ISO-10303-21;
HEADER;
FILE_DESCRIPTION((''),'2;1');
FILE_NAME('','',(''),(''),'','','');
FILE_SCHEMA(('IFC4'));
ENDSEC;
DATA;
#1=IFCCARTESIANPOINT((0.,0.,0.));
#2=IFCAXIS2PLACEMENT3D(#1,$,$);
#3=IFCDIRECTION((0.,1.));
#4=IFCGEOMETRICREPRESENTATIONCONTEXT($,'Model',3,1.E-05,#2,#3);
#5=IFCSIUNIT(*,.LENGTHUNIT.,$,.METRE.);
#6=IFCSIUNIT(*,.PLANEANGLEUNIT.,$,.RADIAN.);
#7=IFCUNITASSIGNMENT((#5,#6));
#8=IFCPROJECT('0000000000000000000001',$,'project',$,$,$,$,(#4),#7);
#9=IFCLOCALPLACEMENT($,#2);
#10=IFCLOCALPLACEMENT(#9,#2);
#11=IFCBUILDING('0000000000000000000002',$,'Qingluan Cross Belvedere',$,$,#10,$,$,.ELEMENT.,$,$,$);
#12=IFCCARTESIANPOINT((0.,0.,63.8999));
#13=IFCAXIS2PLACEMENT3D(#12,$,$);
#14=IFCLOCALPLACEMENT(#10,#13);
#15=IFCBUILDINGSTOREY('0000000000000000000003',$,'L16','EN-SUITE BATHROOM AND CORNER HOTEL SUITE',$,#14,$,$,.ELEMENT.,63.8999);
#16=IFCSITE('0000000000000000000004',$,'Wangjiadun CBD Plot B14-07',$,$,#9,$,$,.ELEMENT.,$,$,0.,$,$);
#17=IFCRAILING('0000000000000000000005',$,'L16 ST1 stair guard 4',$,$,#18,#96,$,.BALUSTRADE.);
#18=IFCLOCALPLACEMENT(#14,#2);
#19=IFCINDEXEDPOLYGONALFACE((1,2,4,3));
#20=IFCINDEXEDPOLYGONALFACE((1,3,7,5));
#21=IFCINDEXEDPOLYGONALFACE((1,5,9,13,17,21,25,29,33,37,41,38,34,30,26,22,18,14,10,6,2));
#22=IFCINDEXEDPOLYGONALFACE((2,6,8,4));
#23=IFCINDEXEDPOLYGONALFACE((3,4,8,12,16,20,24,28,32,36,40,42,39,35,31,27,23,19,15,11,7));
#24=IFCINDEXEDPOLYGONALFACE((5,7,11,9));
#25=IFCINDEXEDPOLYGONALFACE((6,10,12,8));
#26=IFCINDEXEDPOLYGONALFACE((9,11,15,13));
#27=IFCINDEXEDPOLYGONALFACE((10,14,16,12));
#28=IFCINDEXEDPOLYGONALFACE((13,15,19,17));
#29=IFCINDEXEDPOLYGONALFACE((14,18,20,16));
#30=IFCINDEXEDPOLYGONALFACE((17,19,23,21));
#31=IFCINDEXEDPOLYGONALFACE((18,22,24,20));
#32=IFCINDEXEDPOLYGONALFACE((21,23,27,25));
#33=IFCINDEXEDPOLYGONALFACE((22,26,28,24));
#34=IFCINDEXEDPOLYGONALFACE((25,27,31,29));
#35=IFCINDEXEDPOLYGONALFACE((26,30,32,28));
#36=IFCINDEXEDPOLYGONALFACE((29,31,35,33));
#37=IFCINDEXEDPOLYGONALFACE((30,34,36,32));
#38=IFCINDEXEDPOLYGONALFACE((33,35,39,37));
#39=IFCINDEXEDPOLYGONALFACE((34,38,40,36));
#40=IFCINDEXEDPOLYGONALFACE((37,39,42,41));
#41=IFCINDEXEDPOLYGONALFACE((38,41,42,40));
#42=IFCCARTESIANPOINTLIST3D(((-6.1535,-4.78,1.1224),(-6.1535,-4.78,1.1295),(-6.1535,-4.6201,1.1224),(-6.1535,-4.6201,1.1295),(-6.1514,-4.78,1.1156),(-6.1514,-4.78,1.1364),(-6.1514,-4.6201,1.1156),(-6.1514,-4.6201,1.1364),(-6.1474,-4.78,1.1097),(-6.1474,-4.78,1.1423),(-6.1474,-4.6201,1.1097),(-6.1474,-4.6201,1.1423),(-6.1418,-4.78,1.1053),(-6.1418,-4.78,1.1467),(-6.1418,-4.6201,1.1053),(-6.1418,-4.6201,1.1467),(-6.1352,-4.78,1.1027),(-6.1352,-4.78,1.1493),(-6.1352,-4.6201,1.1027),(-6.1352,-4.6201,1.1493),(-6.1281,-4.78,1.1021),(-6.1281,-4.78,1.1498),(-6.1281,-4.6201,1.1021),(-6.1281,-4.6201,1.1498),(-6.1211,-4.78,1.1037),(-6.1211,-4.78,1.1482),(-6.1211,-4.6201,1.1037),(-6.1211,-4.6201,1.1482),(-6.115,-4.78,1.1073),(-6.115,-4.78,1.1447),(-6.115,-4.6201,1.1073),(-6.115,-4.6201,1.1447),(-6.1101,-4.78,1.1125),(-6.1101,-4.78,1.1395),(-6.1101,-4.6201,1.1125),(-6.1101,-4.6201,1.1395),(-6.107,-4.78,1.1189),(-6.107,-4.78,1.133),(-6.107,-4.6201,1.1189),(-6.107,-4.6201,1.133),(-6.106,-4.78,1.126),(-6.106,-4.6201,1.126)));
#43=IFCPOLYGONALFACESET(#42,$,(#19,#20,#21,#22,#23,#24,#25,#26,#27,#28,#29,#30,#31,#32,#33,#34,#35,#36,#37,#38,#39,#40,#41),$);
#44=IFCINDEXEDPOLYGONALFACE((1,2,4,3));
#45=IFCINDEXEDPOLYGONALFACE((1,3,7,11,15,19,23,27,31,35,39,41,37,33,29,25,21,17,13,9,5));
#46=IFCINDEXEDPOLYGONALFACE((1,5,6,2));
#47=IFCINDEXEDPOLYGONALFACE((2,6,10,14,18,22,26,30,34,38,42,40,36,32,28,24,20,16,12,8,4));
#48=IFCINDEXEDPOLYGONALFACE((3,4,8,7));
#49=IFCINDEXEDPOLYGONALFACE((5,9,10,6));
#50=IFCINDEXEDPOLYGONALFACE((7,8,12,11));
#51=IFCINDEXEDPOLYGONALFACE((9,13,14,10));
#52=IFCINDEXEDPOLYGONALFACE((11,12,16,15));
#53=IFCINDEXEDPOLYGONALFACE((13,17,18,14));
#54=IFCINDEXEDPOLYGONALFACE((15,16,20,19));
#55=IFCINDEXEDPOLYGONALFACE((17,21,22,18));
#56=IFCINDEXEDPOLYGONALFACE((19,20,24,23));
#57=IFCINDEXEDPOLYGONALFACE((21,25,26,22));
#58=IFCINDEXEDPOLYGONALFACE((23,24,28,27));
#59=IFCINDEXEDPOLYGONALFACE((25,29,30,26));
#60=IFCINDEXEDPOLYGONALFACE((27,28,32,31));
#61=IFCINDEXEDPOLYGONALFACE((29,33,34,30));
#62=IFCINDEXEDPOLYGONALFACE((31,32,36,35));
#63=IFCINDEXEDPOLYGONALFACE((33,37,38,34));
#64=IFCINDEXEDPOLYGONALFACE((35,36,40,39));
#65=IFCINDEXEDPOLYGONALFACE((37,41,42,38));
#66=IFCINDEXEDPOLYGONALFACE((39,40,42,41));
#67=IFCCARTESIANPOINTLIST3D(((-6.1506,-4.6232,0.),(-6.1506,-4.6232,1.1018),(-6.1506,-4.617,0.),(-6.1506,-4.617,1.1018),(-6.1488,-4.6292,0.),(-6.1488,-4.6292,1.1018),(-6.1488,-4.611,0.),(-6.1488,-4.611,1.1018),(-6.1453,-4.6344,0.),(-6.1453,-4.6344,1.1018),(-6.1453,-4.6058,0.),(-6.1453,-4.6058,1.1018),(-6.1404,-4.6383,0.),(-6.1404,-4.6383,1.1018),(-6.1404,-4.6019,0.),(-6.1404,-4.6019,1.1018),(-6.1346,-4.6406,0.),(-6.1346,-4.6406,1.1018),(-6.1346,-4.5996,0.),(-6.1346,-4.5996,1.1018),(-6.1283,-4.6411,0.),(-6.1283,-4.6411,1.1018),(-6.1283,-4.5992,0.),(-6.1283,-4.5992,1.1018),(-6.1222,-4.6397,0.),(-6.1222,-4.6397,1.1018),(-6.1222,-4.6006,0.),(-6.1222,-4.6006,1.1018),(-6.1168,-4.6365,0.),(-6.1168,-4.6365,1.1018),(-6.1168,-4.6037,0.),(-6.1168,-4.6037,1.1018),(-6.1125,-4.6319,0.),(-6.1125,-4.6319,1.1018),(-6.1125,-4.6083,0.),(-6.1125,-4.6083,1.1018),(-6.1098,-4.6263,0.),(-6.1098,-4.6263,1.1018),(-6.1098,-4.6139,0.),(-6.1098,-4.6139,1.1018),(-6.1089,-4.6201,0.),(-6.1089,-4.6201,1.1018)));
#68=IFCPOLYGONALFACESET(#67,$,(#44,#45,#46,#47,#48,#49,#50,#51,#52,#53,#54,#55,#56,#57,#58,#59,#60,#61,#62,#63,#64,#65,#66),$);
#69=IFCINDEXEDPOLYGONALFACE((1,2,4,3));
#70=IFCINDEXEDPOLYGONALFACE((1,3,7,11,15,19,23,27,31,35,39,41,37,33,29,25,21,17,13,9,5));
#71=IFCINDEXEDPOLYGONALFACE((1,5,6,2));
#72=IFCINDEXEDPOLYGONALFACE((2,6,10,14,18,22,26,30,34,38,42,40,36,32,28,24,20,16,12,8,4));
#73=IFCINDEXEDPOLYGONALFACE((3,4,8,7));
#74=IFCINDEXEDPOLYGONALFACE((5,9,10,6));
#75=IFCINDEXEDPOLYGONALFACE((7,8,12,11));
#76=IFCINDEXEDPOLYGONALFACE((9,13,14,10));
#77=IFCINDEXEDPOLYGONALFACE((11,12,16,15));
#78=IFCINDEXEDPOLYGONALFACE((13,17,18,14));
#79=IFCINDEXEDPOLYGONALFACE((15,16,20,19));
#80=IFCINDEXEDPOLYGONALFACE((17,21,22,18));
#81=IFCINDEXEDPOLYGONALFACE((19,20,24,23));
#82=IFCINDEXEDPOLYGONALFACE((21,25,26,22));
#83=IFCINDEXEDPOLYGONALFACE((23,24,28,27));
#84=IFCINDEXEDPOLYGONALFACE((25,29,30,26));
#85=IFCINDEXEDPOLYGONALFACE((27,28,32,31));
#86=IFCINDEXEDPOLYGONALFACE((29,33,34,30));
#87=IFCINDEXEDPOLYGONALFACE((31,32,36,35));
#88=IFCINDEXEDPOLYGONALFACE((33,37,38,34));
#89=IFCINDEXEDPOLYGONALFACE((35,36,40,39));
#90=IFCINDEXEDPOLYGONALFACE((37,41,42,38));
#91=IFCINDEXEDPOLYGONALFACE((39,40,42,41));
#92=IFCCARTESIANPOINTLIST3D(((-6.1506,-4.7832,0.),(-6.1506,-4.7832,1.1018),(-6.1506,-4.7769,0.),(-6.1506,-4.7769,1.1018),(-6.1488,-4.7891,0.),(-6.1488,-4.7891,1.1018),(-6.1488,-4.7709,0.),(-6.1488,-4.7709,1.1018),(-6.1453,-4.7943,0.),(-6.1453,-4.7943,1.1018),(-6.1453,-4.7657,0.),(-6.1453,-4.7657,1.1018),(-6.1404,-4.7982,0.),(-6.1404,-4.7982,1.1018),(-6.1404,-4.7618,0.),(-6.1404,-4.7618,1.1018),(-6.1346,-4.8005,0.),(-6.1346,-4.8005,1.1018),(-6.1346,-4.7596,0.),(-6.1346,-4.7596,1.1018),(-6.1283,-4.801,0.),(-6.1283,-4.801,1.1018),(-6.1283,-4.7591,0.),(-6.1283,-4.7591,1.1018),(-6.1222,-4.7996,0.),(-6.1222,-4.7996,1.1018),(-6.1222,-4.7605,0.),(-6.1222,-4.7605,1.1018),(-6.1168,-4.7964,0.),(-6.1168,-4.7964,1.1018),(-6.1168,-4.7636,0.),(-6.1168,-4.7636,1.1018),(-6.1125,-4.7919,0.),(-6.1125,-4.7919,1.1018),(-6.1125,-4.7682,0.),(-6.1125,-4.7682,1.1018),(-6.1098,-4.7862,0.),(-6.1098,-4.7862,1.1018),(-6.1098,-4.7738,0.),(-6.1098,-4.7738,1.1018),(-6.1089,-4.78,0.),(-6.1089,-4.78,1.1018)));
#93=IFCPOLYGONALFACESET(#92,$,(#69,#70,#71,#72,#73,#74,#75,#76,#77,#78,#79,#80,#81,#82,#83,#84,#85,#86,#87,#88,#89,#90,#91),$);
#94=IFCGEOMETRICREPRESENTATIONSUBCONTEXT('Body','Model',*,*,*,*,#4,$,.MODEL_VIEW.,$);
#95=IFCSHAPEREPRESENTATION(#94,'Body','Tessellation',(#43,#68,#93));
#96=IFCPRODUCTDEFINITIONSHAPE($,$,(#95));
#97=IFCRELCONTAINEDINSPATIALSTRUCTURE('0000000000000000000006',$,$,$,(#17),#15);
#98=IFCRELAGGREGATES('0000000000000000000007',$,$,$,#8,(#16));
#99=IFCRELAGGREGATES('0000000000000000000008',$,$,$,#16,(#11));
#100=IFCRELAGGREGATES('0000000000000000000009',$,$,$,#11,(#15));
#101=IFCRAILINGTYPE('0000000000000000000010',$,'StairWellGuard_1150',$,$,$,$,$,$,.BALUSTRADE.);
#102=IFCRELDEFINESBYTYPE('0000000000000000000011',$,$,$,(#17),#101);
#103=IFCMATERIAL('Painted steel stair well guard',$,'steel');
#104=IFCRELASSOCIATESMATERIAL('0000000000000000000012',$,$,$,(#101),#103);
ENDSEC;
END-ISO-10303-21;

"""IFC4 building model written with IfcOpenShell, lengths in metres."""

from ifc_helpers import new_model, si_unit, direction, frame, origin, origin_2d, place, context, subcontext, project, spatial, circle, extrude, material, type_object, element, save


model = new_model("IFC4")

# Units and contexts
model_context = context("Model", 3, precision=1e-05, world=origin(), true_north=direction((0.0, 1.0)))
body_context = subcontext(model_context, "Body", "Model", "MODEL_VIEW")
ifc_project = project(units=[si_unit("LENGTHUNIT", "METRE"), si_unit("PLANEANGLEUNIT", "RADIAN")], contexts=[model_context])

# Site, building, storey
site_placement = place(None, origin())
site = spatial("IfcSite", under=ifc_project, at=site_placement, Name="Wangjiadun CBD Plot B14-07", CompositionType="ELEMENT", RefElevation=0.0)
building_placement = place(site_placement, origin())
building = spatial("IfcBuilding", under=site, at=building_placement, Name="Qingluan Cross Belvedere", CompositionType="ELEMENT")
storey_placement = place(building_placement, frame((0.0, 0.0, 63.8999)))
storey = spatial("IfcBuildingStorey", under=building, at=storey_placement, Name="L16", Description="EN-SUITE BATHROOM AND CORNER HOTEL SUITE", CompositionType="ELEMENT", Elevation=63.8999)

# Railing
ifc_material_1 = material(Name="Painted steel stair well guard", Category="steel")
railing_type_1 = type_object("IfcRailingType", Name="StairWellGuard_1150", PredefinedType="BALUSTRADE", material=ifc_material_1)
railing_1_placement = place(storey_placement, frame((-6.1299, -4.6201, 0.0)))
element("IfcRailing", 1, at=railing_1_placement, inside=storey, type_object=railing_type_1, Name="L16 ST1 stair guard 4", PredefinedType="BALUSTRADE", context=body_context, shape_type="SweptSolid", body=[
    extrude(circle(Radius=0.0239, at=origin_2d()), frame((0.0, 0.0, 1.126), z_axis=(0.0, -1.0, 0.0), x_axis=(1.0, 0.0, 0.0)), (0.0, 0.0, 1.0), 0.1599),
    extrude(circle(Radius=0.021, at=origin_2d()), origin(), (0.0, 0.0, 1.0), 1.1018),
    extrude(circle(Radius=0.021, at=origin_2d()), frame((0.0, -0.1599, 0.0)), (0.0, 0.0, 1.0), 1.1018),
])

save(model, "model.ifc")
